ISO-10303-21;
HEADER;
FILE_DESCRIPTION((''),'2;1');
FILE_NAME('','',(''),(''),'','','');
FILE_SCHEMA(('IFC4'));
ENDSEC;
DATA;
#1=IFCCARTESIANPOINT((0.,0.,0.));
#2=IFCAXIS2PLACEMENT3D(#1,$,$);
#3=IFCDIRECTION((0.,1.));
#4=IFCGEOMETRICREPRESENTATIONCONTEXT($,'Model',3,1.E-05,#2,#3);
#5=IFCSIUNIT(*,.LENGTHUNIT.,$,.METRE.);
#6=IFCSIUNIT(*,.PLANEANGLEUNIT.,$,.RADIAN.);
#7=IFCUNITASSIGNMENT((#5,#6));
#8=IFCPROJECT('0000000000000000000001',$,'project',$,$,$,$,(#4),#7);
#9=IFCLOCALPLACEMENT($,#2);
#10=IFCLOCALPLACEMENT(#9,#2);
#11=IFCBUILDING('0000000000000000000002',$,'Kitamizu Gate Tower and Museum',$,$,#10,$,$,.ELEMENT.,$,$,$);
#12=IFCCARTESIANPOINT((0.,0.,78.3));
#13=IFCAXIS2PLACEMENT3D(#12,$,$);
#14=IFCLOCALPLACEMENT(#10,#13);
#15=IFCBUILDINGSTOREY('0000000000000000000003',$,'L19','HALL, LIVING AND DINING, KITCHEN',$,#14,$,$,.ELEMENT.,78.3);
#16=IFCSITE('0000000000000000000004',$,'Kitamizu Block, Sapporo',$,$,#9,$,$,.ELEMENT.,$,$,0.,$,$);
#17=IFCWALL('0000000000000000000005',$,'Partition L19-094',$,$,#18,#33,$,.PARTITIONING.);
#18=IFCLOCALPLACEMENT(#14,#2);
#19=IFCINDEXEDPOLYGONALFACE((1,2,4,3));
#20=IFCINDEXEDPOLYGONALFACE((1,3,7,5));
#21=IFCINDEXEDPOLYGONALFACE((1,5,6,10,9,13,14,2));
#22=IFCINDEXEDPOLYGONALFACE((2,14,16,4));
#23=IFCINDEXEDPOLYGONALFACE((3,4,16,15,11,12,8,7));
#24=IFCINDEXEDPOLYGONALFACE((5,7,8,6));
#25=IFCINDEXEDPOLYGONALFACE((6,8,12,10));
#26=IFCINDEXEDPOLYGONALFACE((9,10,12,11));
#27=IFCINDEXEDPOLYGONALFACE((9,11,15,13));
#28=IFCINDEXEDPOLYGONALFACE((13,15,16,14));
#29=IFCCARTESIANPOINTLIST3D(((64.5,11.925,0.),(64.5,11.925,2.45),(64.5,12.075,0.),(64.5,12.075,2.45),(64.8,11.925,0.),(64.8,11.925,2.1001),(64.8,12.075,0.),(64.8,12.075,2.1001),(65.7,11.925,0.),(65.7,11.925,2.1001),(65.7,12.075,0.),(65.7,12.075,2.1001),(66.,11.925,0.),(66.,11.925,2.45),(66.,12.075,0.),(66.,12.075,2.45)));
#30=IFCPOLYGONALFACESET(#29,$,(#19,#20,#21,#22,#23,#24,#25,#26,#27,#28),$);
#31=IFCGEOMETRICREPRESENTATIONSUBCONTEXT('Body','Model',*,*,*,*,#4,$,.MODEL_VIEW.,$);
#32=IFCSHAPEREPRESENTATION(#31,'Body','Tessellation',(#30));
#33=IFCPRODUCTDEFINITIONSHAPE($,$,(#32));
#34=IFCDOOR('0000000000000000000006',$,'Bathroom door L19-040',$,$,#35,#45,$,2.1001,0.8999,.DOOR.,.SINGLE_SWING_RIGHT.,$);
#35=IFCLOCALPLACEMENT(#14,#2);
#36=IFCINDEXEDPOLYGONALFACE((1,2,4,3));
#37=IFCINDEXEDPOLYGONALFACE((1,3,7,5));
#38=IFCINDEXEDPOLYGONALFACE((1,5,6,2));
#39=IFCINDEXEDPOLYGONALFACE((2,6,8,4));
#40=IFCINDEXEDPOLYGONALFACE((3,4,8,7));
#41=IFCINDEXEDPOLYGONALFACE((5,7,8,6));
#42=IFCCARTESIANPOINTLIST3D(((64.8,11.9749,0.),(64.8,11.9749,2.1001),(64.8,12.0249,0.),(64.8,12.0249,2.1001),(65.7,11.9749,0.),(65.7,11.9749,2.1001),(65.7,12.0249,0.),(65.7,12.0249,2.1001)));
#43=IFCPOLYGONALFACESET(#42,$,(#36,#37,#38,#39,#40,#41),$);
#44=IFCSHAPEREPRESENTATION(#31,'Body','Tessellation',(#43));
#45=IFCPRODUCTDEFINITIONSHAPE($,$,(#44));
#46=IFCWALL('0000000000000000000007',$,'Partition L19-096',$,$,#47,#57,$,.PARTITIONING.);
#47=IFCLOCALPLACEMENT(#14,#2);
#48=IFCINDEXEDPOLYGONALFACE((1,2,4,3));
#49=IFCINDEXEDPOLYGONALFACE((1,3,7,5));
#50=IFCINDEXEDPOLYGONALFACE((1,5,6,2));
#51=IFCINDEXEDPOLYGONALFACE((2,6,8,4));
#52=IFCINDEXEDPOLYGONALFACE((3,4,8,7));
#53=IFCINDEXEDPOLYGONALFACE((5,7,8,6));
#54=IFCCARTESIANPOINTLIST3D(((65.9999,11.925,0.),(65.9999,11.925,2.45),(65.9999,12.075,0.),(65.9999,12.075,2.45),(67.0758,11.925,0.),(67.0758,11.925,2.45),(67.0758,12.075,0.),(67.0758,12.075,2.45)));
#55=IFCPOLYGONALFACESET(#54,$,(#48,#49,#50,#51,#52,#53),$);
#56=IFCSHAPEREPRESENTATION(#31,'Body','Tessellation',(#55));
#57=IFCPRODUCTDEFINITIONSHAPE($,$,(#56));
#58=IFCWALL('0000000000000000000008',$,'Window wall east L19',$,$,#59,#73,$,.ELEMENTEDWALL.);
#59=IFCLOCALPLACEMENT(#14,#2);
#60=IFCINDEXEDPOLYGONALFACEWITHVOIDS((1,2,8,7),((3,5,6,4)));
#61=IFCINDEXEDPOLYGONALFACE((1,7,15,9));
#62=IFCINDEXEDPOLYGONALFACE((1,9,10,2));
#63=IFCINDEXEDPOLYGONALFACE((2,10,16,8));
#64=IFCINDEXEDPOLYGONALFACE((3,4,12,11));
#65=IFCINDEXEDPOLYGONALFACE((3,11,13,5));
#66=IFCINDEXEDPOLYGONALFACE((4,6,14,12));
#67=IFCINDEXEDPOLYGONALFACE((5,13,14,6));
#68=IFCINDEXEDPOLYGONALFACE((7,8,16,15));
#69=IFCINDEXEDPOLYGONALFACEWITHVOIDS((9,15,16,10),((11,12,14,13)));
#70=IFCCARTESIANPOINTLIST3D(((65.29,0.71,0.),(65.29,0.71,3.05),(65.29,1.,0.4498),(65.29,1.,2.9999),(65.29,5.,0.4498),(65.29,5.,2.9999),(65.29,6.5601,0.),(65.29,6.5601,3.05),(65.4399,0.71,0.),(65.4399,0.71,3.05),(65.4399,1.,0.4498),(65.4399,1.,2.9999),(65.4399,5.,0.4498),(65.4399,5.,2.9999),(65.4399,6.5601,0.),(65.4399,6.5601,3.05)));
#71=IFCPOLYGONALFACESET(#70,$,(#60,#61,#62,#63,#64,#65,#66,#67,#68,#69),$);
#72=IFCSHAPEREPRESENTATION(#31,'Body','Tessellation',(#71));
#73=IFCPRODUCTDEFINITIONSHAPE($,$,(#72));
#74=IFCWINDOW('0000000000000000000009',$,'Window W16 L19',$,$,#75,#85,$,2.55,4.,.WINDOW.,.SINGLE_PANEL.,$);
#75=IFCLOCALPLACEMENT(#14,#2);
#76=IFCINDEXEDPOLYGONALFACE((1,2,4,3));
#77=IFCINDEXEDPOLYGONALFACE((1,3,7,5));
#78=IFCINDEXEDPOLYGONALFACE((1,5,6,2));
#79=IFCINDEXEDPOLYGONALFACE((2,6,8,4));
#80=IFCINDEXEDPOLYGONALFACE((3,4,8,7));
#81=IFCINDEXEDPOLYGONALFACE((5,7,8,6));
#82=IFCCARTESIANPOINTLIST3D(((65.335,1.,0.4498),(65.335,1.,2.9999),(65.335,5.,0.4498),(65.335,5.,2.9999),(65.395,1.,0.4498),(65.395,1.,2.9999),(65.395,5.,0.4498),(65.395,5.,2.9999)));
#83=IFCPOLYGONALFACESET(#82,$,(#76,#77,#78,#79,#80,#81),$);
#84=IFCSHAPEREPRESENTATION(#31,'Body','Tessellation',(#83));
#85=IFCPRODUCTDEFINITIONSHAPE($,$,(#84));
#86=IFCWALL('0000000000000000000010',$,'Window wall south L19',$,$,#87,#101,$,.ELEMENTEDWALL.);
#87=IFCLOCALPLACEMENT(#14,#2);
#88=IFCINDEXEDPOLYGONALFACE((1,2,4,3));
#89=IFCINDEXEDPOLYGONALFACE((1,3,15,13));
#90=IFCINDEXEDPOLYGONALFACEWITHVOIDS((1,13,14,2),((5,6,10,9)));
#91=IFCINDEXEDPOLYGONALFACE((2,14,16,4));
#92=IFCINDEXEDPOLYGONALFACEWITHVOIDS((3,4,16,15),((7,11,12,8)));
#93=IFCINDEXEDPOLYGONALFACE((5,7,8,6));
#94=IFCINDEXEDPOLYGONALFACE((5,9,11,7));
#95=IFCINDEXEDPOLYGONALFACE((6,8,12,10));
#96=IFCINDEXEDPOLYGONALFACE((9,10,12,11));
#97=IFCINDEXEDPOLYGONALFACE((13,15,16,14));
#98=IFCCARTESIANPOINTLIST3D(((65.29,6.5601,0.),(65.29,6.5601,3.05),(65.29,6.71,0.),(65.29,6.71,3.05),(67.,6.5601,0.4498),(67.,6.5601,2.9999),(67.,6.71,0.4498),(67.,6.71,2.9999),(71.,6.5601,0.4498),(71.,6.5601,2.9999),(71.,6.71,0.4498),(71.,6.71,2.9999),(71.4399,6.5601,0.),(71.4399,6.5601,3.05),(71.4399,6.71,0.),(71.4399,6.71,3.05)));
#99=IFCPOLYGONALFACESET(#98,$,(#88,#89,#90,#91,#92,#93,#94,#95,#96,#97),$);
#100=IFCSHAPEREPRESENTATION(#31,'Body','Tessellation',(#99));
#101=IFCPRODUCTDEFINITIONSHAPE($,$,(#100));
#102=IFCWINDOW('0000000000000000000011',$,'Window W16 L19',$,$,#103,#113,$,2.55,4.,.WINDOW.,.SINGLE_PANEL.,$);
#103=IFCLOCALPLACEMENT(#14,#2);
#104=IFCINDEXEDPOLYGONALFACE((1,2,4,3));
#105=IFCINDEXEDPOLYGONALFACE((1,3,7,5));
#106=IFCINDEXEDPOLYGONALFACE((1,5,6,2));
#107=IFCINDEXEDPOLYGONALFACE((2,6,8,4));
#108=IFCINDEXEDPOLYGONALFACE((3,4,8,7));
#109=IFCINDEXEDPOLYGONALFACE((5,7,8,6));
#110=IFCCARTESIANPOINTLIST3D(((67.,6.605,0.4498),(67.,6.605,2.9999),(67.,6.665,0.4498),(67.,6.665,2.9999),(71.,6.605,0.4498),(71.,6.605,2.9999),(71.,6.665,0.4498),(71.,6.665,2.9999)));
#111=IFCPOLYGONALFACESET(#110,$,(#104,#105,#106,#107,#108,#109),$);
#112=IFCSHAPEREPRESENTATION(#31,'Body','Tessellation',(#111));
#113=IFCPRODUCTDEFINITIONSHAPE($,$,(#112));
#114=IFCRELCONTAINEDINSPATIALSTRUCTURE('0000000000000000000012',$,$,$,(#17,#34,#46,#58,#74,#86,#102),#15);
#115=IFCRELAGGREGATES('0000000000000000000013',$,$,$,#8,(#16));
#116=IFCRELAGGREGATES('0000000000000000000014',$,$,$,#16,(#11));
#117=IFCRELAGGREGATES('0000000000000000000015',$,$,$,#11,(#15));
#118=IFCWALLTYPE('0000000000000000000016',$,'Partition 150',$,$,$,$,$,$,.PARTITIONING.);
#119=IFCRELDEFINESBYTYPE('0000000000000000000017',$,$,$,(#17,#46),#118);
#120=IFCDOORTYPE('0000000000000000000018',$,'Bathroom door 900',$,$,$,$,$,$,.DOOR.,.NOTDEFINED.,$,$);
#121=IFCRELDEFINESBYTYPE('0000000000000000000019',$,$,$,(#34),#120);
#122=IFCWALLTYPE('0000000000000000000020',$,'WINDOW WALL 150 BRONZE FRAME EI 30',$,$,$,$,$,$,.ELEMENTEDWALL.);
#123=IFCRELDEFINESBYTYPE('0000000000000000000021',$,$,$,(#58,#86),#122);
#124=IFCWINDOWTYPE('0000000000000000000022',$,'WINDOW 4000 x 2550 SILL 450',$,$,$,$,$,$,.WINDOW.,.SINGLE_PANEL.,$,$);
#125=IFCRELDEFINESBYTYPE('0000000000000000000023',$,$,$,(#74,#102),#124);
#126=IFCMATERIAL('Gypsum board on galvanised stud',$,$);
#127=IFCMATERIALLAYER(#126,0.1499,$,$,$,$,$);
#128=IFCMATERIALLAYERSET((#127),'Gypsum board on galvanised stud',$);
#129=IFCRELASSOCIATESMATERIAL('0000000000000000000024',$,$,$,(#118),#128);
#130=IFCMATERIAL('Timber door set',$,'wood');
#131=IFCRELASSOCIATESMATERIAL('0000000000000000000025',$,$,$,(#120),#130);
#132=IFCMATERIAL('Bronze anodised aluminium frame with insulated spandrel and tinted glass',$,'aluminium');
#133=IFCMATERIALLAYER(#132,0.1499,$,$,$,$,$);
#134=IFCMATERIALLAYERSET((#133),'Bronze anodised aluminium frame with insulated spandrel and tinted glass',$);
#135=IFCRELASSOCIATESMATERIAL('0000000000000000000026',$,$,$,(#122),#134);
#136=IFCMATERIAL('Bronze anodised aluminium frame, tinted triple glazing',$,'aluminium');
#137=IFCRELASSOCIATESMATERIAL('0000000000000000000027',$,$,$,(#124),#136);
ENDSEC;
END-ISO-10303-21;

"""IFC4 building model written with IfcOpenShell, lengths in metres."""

from ifc_helpers import new_model, si_unit, direction, frame, frame_2d, origin, place, context, subcontext, project, spatial, rectangle, extrude, material, layer, layer_set, type_object, element, fill, save


model = new_model("IFC4")

# Units and contexts
model_context = context("Model", 3, precision=1e-05, world=origin(), true_north=direction((0.0, 1.0)))
body_context = subcontext(model_context, "Body", "Model", "MODEL_VIEW")
ifc_project = project(units=[si_unit("LENGTHUNIT", "METRE"), si_unit("PLANEANGLEUNIT", "RADIAN")], contexts=[model_context])

# Site, building, storey
site_placement = place(None, origin())
site = spatial("IfcSite", under=ifc_project, at=site_placement, Name="Kitamizu Block, Sapporo", CompositionType="ELEMENT", RefElevation=0.0)
building_placement = place(site_placement, origin())
building = spatial("IfcBuilding", under=site, at=building_placement, Name="Kitamizu Gate Tower and Museum", CompositionType="ELEMENT")
storey_placement = place(building_placement, frame((0.0, 0.0, 78.3)))
storey = spatial("IfcBuildingStorey", under=building, at=storey_placement, Name="L19", Description="HALL, LIVING AND DINING, KITCHEN", CompositionType="ELEMENT", Elevation=78.3)

# Wall, opening, door
ifc_material_1 = material(Name="Gypsum board on galvanised stud")
ifc_layer_1 = layer(ifc_material_1, 0.1499)
ifc_layer_set_1 = layer_set([ifc_layer_1], Name="Gypsum board on galvanised stud")
wall_type_1 = type_object("IfcWallType", Name="Partition 150", PredefinedType="PARTITIONING", material=ifc_layer_set_1)
wall_1_placement = place(storey_placement, frame((66.0, 12.0, 0.0), z_axis=(0.0, 0.0, 1.0), x_axis=(-1.0, 0.0, 0.0)))
wall_1 = element("IfcWall", 1, at=wall_1_placement, inside=storey, type_object=wall_type_1, Name="Partition L19-094", PredefinedType="PARTITIONING", context=body_context, shape_type="SweptSolid", body=[
    extrude(rectangle(XDim=1.5, YDim=0.1499, at=frame_2d((0.75, 0.0))), origin(), (0.0, 0.0, 1.0), 2.45),
])
opening_1_placement = place(wall_1_placement, frame((0.3, 0.0, 0.0)))
opening_1 = element("IfcOpeningElement", 2, at=opening_1_placement, cuts=wall_1, PredefinedType="OPENING", context=body_context, shape_type="SweptSolid", body=[
    extrude(rectangle(XDim=0.8999, YDim=2.1001, at=frame_2d((0.45, 1.05))), frame((0.0, 0.085, 0.0), z_axis=(0.0, -1.0, 0.0), x_axis=(1.0, 0.0, 0.0)), (0.0, 0.0, 1.0), 0.1699),
])
ifc_material_2 = material(Name="Timber door set", Category="wood")
door_type_1 = type_object("IfcDoorType", Name="Bathroom door 900", OperationType="NOTDEFINED", PredefinedType="DOOR", material=ifc_material_2)
door_1_placement = place(opening_1_placement, frame((0.8999, 0.0, 0.0), x_axis=(-1.0, 0.0, 0.0)))
door_1 = element("IfcDoor", 3, at=door_1_placement, inside=storey, type_object=door_type_1, Name="Bathroom door L19-040", OperationType="SINGLE_SWING_RIGHT", OverallHeight=2.1001, OverallWidth=0.8999, PredefinedType="DOOR", context=body_context, shape_type="SweptSolid", body=[
    extrude(rectangle(XDim=0.8999, YDim=2.1001, at=frame_2d((0.45, 1.05))), frame((0.0, 0.0249, 0.0), z_axis=(0.0, -1.0, 0.0), x_axis=(1.0, 0.0, 0.0)), (0.0, 0.0, 1.0), 0.05),
])
fill(opening_1, door_1)

# Wall
wall_2_placement = place(storey_placement, frame((67.0759, 12.0, 0.0), z_axis=(0.0, 0.0, 1.0), x_axis=(-1.0, 0.0, 0.0)))
element("IfcWall", 4, at=wall_2_placement, inside=storey, type_object=wall_type_1, Name="Partition L19-096", PredefinedType="PARTITIONING", context=body_context, shape_type="SweptSolid", body=[
    extrude(rectangle(XDim=1.0759, YDim=0.1499, at=frame_2d((0.5381, 0.0))), origin(), (0.0, 0.0, 1.0), 2.45),
])

# Walls, openings, windows
ifc_material_3 = material(Name="Bronze anodised aluminium frame with insulated spandrel and tinted glass", Category="aluminium")
ifc_layer_2 = layer(ifc_material_3, 0.1499)
ifc_layer_set_2 = layer_set([ifc_layer_2], Name="Bronze anodised aluminium frame with insulated spandrel and tinted glass")
wall_type_2 = type_object("IfcWallType", Name="WINDOW WALL 150 BRONZE FRAME EI 30", PredefinedType="ELEMENTEDWALL", material=ifc_layer_set_2)
wall_3_placement = place(storey_placement, frame((65.365, 0.71, 0.0), z_axis=(0.0, 0.0, 1.0), x_axis=(0.0, 1.0, 0.0)))
wall_3 = element("IfcWall", 5, at=wall_3_placement, inside=storey, type_object=wall_type_2, Name="Window wall east L19", PredefinedType="ELEMENTEDWALL", context=body_context, shape_type="SweptSolid", body=[
    extrude(rectangle(XDim=5.8501, YDim=0.1499, at=frame_2d((2.925, 0.0))), origin(), (0.0, 0.0, 1.0), 3.05),
])
opening_2_placement = place(wall_3_placement, frame((0.29, 0.0, 0.45)))
opening_2 = element("IfcOpeningElement", 6, at=opening_2_placement, cuts=wall_3, PredefinedType="OPENING", context=body_context, shape_type="SweptSolid", body=[
    extrude(rectangle(XDim=4.0, YDim=2.55, at=frame_2d((2.0, 1.2749))), frame((0.0, 0.085, 0.0), z_axis=(0.0, -1.0, 0.0), x_axis=(1.0, 0.0, 0.0)), (0.0, 0.0, 1.0), 0.1699),
])
ifc_material_4 = material(Name="Bronze anodised aluminium frame, tinted triple glazing", Category="aluminium")
window_type_1 = type_object("IfcWindowType", Name="WINDOW 4000 x 2550 SILL 450", PartitioningType="SINGLE_PANEL", PredefinedType="WINDOW", material=ifc_material_4)
window_1_placement = place(opening_2_placement, origin())
window_1 = element("IfcWindow", 7, at=window_1_placement, inside=storey, type_object=window_type_1, Name="Window W16 L19", OverallHeight=2.55, OverallWidth=4.0, PartitioningType="SINGLE_PANEL", PredefinedType="WINDOW", context=body_context, shape_type="SweptSolid", body=[
    extrude(rectangle(XDim=4.0, YDim=2.55, at=frame_2d((2.0, 1.2749))), frame((0.0, 0.03, 0.0), z_axis=(0.0, -1.0, 0.0), x_axis=(1.0, 0.0, 0.0)), (0.0, 0.0, 1.0), 0.0601),
])
fill(opening_2, window_1)
wall_4_placement = place(storey_placement, frame((65.29, 6.635, 0.0), z_axis=(0.0, 0.0, 1.0), x_axis=(1.0, 0.0, 0.0)))
wall_4 = element("IfcWall", 8, at=wall_4_placement, inside=storey, type_object=wall_type_2, Name="Window wall south L19", PredefinedType="ELEMENTEDWALL", context=body_context, shape_type="SweptSolid", body=[
    extrude(rectangle(XDim=6.1499, YDim=0.1499, at=frame_2d((3.075, 0.0))), origin(), (0.0, 0.0, 1.0), 3.05),
])
opening_3_placement = place(wall_4_placement, frame((1.71, 0.0, 0.45)))
opening_3 = element("IfcOpeningElement", 9, at=opening_3_placement, cuts=wall_4, PredefinedType="OPENING", context=body_context, shape_type="SweptSolid", body=[
    extrude(rectangle(XDim=4.0, YDim=2.55, at=frame_2d((2.0, 1.2749))), frame((0.0, 0.085, 0.0), z_axis=(0.0, -1.0, 0.0), x_axis=(1.0, 0.0, 0.0)), (0.0, 0.0, 1.0), 0.1699),
])
window_2_placement = place(opening_3_placement, origin())
window_2 = element("IfcWindow", 10, at=window_2_placement, inside=storey, type_object=window_type_1, Name="Window W16 L19", OverallHeight=2.55, OverallWidth=4.0, PartitioningType="SINGLE_PANEL", PredefinedType="WINDOW", context=body_context, shape_type="SweptSolid", body=[
    extrude(rectangle(XDim=4.0, YDim=2.55, at=frame_2d((2.0, 1.2749))), frame((0.0, 0.03, 0.0), z_axis=(0.0, -1.0, 0.0), x_axis=(1.0, 0.0, 0.0)), (0.0, 0.0, 1.0), 0.0601),
])
fill(opening_3, window_2)

save(model, "model.ifc")
